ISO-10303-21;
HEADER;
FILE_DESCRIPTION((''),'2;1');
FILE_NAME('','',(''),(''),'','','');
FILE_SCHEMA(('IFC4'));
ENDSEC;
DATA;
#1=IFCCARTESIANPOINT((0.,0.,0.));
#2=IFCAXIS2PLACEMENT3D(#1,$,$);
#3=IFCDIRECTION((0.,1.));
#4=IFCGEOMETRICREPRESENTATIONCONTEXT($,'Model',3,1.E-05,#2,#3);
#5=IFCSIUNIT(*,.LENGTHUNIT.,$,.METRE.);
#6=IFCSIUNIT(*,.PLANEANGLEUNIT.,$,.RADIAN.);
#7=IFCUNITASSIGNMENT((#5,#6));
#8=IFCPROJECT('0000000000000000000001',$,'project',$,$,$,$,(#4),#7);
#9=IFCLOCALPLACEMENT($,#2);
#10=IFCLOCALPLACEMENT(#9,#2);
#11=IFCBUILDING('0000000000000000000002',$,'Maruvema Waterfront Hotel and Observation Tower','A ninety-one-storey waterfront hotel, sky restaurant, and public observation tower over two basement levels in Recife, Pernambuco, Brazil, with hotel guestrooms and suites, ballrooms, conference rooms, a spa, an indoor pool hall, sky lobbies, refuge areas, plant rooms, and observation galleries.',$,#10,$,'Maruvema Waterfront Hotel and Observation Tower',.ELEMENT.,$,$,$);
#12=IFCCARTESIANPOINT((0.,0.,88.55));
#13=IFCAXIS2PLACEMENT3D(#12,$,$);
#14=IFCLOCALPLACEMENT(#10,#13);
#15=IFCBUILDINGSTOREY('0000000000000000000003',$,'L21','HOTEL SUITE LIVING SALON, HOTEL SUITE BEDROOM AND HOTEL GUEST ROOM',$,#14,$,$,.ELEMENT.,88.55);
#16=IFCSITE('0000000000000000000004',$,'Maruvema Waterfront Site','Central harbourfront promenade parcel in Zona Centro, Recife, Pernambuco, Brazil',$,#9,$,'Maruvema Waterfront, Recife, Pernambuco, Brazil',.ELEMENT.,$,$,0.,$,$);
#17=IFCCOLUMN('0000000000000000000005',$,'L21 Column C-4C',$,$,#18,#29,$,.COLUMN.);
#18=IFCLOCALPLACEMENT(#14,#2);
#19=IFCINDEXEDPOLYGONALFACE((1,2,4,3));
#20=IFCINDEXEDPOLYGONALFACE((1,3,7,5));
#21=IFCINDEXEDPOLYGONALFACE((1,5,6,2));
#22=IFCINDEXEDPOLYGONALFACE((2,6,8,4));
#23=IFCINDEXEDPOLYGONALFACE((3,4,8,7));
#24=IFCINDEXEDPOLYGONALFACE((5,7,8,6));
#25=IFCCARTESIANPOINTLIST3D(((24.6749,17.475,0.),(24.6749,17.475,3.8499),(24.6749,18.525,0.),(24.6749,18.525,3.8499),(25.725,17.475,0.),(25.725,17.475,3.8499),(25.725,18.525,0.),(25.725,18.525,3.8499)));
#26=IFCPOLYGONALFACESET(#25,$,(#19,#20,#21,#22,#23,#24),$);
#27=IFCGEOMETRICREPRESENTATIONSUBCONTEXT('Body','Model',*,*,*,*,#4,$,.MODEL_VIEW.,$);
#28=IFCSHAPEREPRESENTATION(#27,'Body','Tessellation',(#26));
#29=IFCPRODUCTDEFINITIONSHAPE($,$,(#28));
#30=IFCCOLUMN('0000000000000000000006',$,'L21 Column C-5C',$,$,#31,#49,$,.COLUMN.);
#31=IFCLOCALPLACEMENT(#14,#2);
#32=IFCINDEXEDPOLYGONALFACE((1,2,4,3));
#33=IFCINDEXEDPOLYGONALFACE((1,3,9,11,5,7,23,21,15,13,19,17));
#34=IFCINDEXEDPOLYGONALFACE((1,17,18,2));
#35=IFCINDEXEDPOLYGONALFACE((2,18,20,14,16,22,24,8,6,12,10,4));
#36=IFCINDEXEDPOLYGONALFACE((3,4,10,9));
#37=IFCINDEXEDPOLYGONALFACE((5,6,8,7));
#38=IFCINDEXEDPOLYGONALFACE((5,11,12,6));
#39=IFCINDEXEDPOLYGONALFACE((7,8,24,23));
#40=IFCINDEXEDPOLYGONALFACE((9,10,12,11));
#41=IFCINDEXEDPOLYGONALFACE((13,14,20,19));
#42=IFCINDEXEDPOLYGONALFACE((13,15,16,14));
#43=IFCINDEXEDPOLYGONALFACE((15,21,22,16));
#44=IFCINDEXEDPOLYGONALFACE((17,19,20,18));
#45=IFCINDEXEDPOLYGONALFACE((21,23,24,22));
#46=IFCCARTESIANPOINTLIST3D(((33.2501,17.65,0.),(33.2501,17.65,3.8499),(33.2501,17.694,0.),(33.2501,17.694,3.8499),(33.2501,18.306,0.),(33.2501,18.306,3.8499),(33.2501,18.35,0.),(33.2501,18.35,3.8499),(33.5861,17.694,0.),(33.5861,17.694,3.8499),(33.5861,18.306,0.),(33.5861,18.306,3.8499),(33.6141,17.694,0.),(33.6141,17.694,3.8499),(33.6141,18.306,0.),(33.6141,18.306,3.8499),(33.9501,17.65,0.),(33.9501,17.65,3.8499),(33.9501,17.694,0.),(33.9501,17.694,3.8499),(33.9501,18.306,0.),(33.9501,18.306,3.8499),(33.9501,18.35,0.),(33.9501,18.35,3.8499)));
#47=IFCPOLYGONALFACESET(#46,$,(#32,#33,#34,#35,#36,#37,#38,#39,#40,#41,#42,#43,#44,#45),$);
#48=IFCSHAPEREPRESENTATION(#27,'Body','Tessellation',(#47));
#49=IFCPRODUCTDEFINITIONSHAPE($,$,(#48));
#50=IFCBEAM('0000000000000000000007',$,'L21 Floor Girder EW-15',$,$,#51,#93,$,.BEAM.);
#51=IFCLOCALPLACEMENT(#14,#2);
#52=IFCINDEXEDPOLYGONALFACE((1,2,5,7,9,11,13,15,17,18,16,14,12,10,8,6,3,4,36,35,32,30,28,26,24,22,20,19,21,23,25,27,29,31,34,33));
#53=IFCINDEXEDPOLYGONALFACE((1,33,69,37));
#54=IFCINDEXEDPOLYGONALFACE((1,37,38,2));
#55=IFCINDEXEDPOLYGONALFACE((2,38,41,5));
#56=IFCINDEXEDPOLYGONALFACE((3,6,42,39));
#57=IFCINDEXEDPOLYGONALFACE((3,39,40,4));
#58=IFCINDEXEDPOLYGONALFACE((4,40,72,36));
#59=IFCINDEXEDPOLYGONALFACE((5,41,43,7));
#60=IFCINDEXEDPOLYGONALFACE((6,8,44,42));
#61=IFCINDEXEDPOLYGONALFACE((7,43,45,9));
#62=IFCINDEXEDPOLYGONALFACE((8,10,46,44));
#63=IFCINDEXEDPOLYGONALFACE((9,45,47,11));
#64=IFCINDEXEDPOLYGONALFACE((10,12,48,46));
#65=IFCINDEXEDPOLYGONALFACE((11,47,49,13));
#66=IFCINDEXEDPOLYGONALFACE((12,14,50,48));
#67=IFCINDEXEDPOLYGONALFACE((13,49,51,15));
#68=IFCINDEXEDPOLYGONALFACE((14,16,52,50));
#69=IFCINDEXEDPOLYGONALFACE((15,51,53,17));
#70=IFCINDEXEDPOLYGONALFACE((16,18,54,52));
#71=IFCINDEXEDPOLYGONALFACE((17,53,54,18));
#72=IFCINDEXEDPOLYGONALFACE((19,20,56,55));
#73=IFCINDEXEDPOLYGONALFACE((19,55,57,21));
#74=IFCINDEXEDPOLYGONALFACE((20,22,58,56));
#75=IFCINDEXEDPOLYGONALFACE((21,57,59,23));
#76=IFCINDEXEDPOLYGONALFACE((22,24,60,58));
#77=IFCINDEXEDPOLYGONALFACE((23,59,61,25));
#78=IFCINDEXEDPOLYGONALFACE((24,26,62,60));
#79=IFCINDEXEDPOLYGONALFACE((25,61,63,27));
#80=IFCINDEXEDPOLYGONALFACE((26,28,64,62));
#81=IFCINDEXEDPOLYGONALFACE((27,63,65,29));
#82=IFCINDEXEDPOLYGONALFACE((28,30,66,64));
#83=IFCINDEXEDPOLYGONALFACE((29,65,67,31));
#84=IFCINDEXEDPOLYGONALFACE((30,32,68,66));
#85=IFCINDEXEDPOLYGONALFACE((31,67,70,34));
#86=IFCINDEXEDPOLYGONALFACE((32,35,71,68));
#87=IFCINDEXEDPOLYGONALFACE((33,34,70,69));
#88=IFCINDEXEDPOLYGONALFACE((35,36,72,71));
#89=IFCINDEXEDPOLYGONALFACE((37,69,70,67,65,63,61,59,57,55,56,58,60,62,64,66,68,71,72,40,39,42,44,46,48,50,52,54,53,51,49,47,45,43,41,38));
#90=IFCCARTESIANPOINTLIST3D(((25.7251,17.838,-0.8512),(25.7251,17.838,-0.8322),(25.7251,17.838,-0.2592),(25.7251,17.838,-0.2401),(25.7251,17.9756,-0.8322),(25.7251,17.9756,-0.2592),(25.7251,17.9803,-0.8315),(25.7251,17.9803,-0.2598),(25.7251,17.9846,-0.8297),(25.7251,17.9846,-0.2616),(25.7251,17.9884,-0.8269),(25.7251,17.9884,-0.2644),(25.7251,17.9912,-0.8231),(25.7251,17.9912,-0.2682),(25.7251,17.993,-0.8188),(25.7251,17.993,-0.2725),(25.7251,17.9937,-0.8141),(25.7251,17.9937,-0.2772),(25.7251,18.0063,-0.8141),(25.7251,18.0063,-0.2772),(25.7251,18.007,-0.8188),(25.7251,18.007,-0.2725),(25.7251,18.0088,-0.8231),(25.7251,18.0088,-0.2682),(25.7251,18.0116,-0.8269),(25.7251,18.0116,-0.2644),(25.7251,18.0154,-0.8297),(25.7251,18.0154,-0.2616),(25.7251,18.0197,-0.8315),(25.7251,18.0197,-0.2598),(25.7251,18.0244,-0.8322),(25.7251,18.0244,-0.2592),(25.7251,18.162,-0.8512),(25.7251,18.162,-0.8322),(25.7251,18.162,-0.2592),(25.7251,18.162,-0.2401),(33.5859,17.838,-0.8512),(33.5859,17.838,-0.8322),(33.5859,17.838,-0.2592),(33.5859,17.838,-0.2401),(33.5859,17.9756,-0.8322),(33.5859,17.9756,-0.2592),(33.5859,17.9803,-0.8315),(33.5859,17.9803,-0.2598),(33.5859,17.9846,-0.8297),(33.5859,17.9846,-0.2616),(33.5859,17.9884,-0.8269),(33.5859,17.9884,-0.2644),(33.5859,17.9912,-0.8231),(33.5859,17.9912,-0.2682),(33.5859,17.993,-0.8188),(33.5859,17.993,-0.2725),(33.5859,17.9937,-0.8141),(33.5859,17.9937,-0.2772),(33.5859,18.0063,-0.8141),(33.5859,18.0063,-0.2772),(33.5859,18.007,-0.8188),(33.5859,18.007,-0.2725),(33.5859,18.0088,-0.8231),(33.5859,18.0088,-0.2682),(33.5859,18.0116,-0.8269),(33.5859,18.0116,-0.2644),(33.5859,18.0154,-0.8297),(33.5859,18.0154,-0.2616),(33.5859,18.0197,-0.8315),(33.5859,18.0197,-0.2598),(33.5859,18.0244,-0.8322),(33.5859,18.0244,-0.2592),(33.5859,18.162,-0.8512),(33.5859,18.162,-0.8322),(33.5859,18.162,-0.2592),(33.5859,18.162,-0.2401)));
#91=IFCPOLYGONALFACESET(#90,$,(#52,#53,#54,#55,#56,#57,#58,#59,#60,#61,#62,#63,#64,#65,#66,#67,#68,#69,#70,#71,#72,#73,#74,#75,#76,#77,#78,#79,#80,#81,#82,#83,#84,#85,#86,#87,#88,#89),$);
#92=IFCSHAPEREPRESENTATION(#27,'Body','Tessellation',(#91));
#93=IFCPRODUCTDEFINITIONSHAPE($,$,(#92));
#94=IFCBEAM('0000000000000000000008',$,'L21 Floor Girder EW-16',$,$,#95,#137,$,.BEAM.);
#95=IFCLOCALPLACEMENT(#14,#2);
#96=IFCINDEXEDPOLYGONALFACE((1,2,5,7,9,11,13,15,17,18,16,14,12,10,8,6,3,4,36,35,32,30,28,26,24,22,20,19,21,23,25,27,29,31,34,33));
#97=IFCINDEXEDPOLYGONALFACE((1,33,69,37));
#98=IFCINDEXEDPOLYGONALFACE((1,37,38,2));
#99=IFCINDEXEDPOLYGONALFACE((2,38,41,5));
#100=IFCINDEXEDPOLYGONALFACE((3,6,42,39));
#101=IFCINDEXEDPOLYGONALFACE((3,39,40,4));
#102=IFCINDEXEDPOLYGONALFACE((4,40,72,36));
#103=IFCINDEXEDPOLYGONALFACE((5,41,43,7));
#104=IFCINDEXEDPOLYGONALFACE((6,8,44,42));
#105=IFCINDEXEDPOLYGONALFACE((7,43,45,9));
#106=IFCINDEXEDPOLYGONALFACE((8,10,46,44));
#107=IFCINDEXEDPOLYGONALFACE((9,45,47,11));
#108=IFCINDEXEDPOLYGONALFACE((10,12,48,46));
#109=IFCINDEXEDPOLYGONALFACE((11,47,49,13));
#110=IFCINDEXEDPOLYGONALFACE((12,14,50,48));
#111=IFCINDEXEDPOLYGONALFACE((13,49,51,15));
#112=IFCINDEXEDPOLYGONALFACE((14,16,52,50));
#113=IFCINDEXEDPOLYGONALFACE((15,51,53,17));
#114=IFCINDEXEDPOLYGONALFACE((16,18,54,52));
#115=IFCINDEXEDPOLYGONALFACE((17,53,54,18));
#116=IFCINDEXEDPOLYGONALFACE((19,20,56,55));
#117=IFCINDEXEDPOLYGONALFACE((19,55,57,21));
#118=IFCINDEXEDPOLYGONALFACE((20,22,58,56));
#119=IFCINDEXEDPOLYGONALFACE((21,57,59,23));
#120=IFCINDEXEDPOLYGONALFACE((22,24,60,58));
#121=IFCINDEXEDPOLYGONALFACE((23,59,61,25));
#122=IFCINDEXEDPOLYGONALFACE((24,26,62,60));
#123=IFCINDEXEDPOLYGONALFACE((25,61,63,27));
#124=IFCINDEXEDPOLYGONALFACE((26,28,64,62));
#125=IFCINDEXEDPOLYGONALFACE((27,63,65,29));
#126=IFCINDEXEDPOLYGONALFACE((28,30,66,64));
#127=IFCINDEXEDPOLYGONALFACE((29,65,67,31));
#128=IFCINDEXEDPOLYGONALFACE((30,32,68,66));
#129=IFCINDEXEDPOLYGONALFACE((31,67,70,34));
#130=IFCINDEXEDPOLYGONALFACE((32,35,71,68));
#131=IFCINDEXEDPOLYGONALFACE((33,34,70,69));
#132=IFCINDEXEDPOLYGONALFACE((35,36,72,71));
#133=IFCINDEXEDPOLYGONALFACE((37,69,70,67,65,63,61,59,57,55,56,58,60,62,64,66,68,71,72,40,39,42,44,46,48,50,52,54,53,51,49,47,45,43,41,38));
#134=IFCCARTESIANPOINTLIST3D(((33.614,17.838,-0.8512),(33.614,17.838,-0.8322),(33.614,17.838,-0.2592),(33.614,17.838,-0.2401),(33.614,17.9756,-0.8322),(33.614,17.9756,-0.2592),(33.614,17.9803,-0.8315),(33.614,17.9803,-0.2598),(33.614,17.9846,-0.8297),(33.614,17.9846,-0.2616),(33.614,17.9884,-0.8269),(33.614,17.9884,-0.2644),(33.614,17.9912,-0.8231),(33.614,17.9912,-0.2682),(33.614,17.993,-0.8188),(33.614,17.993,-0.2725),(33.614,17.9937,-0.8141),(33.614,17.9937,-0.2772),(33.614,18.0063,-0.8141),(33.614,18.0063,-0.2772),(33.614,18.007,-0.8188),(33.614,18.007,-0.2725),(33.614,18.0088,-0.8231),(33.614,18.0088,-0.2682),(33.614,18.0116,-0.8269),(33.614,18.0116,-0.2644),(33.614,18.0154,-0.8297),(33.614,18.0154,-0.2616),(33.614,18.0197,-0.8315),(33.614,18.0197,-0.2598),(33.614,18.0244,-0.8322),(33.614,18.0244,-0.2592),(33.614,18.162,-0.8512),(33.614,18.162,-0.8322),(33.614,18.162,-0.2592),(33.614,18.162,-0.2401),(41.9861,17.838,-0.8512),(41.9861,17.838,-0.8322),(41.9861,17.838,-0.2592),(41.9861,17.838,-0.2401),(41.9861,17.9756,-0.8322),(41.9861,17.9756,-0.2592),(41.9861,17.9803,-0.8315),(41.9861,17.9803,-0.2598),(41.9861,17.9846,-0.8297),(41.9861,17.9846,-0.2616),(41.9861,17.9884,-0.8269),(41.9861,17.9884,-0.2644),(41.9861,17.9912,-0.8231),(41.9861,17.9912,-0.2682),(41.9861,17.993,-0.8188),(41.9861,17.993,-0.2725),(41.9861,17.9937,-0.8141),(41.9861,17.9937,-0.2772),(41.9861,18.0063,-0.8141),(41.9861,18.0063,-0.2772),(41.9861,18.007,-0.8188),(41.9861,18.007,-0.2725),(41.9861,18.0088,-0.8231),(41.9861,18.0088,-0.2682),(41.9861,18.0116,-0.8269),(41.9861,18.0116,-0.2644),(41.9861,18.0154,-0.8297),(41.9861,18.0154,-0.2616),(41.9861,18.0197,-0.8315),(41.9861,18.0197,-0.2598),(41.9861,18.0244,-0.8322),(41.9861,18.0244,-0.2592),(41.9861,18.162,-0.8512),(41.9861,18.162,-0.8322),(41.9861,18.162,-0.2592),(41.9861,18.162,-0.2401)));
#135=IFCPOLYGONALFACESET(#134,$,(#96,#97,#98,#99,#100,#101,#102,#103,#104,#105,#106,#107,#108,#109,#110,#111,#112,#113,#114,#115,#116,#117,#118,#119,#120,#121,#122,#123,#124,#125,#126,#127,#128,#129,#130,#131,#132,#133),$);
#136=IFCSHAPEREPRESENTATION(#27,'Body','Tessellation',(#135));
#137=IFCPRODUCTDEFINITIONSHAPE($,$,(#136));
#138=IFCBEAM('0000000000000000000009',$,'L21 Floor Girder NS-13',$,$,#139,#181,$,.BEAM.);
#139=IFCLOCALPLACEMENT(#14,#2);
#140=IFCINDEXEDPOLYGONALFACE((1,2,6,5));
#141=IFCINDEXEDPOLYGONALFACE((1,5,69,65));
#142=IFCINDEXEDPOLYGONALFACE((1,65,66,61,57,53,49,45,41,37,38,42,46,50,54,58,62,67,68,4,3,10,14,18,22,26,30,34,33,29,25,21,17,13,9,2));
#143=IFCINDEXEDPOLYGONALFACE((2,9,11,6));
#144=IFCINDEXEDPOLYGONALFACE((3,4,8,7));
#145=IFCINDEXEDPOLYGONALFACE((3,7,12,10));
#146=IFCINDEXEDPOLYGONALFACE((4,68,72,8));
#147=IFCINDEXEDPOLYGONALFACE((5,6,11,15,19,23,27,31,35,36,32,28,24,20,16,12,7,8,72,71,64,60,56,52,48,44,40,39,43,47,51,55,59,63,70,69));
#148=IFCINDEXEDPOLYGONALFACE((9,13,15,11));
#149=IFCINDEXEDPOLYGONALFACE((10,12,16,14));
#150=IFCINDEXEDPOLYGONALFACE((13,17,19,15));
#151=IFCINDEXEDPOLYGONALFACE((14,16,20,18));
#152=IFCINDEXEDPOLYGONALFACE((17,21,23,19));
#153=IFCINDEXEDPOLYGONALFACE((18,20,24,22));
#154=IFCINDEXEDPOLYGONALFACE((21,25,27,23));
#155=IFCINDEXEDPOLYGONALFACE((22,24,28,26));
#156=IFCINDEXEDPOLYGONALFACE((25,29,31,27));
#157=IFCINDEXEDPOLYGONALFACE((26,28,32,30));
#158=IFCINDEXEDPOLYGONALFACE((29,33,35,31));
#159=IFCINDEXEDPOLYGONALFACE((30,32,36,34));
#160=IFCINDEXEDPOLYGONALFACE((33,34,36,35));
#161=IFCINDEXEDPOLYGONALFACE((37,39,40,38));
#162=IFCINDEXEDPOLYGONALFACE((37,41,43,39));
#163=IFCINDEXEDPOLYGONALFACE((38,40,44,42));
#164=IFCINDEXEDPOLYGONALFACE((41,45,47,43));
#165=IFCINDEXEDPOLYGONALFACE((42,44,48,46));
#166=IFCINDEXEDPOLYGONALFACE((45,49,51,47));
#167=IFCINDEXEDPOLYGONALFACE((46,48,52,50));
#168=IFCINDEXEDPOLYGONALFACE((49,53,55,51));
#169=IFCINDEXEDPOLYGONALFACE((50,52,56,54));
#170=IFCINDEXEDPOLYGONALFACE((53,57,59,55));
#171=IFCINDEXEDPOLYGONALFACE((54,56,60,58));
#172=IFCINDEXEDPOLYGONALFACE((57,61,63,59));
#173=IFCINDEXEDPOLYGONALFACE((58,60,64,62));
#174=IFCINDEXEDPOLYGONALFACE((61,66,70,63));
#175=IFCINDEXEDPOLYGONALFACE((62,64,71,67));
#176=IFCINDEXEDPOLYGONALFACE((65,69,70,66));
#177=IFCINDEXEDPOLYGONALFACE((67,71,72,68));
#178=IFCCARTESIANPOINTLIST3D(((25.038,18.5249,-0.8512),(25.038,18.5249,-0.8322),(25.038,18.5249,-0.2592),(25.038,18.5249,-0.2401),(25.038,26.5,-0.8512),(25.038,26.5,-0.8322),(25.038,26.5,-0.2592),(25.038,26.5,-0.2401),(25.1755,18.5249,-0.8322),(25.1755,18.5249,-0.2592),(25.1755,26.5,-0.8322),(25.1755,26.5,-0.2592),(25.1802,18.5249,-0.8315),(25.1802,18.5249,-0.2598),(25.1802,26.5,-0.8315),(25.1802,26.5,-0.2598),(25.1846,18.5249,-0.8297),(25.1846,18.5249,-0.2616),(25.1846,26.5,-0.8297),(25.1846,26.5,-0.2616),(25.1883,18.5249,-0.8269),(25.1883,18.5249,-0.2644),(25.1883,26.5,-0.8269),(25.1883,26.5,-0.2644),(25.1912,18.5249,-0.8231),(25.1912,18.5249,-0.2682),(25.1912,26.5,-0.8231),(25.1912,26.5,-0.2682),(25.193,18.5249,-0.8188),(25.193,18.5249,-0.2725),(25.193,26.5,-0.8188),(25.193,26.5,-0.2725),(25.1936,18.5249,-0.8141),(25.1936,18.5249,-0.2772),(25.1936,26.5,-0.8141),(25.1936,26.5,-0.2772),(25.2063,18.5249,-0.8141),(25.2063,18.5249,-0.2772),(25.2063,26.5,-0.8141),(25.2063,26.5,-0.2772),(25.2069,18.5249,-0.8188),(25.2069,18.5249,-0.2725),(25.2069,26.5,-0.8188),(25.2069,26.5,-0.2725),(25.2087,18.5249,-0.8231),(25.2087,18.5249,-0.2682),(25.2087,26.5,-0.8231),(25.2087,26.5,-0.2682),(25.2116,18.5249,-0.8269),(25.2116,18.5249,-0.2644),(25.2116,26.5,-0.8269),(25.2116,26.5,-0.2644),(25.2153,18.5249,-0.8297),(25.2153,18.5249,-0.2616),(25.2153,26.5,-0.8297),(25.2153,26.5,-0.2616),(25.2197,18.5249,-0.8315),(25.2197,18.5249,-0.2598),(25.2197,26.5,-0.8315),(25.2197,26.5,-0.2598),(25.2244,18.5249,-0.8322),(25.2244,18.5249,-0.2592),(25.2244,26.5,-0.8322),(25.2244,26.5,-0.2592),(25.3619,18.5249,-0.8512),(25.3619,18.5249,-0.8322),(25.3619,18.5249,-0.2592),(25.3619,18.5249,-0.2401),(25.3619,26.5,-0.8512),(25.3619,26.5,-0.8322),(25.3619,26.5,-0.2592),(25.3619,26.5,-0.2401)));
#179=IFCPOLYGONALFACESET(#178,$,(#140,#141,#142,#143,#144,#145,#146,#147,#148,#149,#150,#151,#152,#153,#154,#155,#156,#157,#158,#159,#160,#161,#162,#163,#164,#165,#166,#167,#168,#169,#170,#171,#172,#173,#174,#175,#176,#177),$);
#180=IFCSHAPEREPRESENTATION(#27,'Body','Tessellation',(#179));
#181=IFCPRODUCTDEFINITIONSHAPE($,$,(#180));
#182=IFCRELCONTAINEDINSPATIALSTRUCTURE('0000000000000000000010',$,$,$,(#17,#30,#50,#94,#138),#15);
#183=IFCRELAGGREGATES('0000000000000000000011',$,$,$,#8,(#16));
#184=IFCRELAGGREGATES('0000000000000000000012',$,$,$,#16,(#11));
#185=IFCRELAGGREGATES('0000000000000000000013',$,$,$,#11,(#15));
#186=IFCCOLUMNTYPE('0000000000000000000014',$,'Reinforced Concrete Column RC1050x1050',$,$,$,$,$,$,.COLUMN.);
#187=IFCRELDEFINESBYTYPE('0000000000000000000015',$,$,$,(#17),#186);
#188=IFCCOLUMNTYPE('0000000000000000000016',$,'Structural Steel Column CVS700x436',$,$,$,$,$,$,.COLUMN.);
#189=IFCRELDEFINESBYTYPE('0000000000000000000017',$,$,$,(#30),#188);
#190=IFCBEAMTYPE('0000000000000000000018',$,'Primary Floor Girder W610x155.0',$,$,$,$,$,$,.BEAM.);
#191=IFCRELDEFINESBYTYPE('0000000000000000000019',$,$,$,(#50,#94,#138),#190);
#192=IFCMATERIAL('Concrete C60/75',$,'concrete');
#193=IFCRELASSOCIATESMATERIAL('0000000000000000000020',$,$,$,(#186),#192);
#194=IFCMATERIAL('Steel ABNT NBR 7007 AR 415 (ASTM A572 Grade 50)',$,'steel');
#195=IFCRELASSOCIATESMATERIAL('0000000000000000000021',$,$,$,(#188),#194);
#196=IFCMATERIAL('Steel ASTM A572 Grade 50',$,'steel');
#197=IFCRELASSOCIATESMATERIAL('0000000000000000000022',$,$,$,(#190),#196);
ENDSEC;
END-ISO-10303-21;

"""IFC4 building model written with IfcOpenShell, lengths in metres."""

from ifc_helpers import new_model, si_unit, direction, frame, origin, origin_2d, place, context, subcontext, project, spatial, rectangle, i_section, extrude, material, material_profile, profile_set, type_object, element, save


model = new_model("IFC4")

# Units and contexts
model_context = context("Model", 3, precision=1e-05, world=origin(), true_north=direction((0.0, 1.0)))
body_context = subcontext(model_context, "Body", "Model", "MODEL_VIEW")
ifc_project = project(units=[si_unit("LENGTHUNIT", "METRE"), si_unit("PLANEANGLEUNIT", "RADIAN")], contexts=[model_context])

# Site, building, storey
site_placement = place(None, origin())
site = spatial("IfcSite", under=ifc_project, at=site_placement, Name="Maruvema Waterfront Site", Description="Central harbourfront promenade parcel in Zona Centro, Recife, Pernambuco, Brazil", LongName="Maruvema Waterfront, Recife, Pernambuco, Brazil", CompositionType="ELEMENT", RefElevation=0.0)
building_placement = place(site_placement, origin())
building = spatial("IfcBuilding", under=site, at=building_placement, Name="Maruvema Waterfront Hotel and Observation Tower", Description="A ninety-one-storey waterfront hotel, sky restaurant, and public observation tower over two basement levels in Recife, Pernambuco, Brazil, with hotel guestrooms and suites, ballrooms, conference rooms, a spa, an indoor pool hall, sky lobbies, refuge areas, plant rooms, and observation galleries.", LongName="Maruvema Waterfront Hotel and Observation Tower", CompositionType="ELEMENT")
storey_placement = place(building_placement, frame((0.0, 0.0, 88.55)))
storey = spatial("IfcBuildingStorey", under=building, at=storey_placement, Name="L21", Description="HOTEL SUITE LIVING SALON, HOTEL SUITE BEDROOM AND HOTEL GUEST ROOM", CompositionType="ELEMENT", Elevation=88.55)

# Columns
ifc_material_1 = material(Name="Concrete C60/75", Category="concrete")
ifc_material_profile_1 = material_profile(ifc_material_1, rectangle(XDim=1.05, YDim=1.05, at=origin_2d()), Name="RC1050x1050")
ifc_profile_set_1 = profile_set([ifc_material_profile_1], Name="Concrete C60/75")
column_type_1 = type_object("IfcColumnType", Name="Reinforced Concrete Column RC1050x1050", PredefinedType="COLUMN", material=ifc_profile_set_1)
column_1_placement = place(storey_placement, frame((25.2, 18.0, 0.0), z_axis=(0.0, 0.0, 1.0), x_axis=(1.0, 0.0, 0.0)))
element("IfcColumn", 1, at=column_1_placement, inside=storey, type_object=column_type_1, Name="L21 Column C-4C", PredefinedType="COLUMN", context=body_context, shape_type="SweptSolid", body=[
    extrude(rectangle(XDim=1.05, YDim=1.05, at=origin_2d()), origin(), (0.0, 0.0, 1.0), 3.8499),
])
ifc_material_2 = material(Name="Steel ABNT NBR 7007 AR 415 (ASTM A572 Grade 50)", Category="steel")
ifc_material_profile_2 = material_profile(ifc_material_2, i_section(OverallWidth=0.7, OverallDepth=0.7, WebThickness=0.0281, FlangeThickness=0.0439, at=origin_2d()), Name="CVS700x436")
ifc_profile_set_2 = profile_set([ifc_material_profile_2], Name="Steel ABNT NBR 7007 AR 415 (ASTM A572 Grade 50)")
column_type_2 = type_object("IfcColumnType", Name="Structural Steel Column CVS700x436", PredefinedType="COLUMN", material=ifc_profile_set_2)
column_2_placement = place(storey_placement, frame((33.6001, 18.0, 0.0), z_axis=(0.0, 0.0, 1.0), x_axis=(1.0, 0.0, 0.0)))
element("IfcColumn", 2, at=column_2_placement, inside=storey, type_object=column_type_2, Name="L21 Column C-5C", PredefinedType="COLUMN", context=body_context, shape_type="SweptSolid", body=[
    extrude(i_section(OverallWidth=0.7, OverallDepth=0.7, WebThickness=0.0281, FlangeThickness=0.0439, at=origin_2d()), origin(), (0.0, 0.0, 1.0), 3.8499),
])

# Beams
ifc_material_3 = material(Name="Steel ASTM A572 Grade 50", Category="steel")
ifc_material_profile_3 = material_profile(ifc_material_3, i_section(OverallWidth=0.324, OverallDepth=0.6111, WebThickness=0.0127, FlangeThickness=0.019, FilletRadius=0.0181, at=origin_2d()), Name="W610x155.0")
ifc_profile_set_3 = profile_set([ifc_material_profile_3], Name="Steel ASTM A572 Grade 50")
beam_type_1 = type_object("IfcBeamType", Name="Primary Floor Girder W610x155.0", PredefinedType="BEAM", material=ifc_profile_set_3)
beam_1_placement = place(storey_placement, frame((25.7251, 18.0, -0.5457), z_axis=(1.0, 0.0, 0.0), x_axis=(0.0, 1.0, 0.0)))
element("IfcBeam", 3, at=beam_1_placement, inside=storey, type_object=beam_type_1, Name="L21 Floor Girder EW-15", PredefinedType="BEAM", context=body_context, shape_type="SweptSolid", body=[
    extrude(i_section(OverallWidth=0.324, OverallDepth=0.6111, WebThickness=0.0127, FlangeThickness=0.019, FilletRadius=0.0181, at=origin_2d()), origin(), (0.0, 0.0, 1.0), 7.8608),
])
beam_2_placement = place(storey_placement, frame((33.614, 18.0, -0.5457), z_axis=(1.0, 0.0, 0.0), x_axis=(0.0, 1.0, 0.0)))
element("IfcBeam", 4, at=beam_2_placement, inside=storey, type_object=beam_type_1, Name="L21 Floor Girder EW-16", PredefinedType="BEAM", context=body_context, shape_type="SweptSolid", body=[
    extrude(i_section(OverallWidth=0.324, OverallDepth=0.6111, WebThickness=0.0127, FlangeThickness=0.019, FilletRadius=0.0181, at=origin_2d()), origin(), (0.0, 0.0, 1.0), 8.3721),
])
beam_3_placement = place(storey_placement, frame((25.2, 18.5249, -0.5457), z_axis=(0.0, 1.0, 0.0), x_axis=(-1.0, 0.0, 0.0)))
element("IfcBeam", 5, at=beam_3_placement, inside=storey, type_object=beam_type_1, Name="L21 Floor Girder NS-13", PredefinedType="BEAM", context=body_context, shape_type="SweptSolid", body=[
    extrude(i_section(OverallWidth=0.324, OverallDepth=0.6111, WebThickness=0.0127, FlangeThickness=0.019, FilletRadius=0.0181, at=origin_2d()), origin(), (0.0, 0.0, 1.0), 7.9751),
])

save(model, "model.ifc")
